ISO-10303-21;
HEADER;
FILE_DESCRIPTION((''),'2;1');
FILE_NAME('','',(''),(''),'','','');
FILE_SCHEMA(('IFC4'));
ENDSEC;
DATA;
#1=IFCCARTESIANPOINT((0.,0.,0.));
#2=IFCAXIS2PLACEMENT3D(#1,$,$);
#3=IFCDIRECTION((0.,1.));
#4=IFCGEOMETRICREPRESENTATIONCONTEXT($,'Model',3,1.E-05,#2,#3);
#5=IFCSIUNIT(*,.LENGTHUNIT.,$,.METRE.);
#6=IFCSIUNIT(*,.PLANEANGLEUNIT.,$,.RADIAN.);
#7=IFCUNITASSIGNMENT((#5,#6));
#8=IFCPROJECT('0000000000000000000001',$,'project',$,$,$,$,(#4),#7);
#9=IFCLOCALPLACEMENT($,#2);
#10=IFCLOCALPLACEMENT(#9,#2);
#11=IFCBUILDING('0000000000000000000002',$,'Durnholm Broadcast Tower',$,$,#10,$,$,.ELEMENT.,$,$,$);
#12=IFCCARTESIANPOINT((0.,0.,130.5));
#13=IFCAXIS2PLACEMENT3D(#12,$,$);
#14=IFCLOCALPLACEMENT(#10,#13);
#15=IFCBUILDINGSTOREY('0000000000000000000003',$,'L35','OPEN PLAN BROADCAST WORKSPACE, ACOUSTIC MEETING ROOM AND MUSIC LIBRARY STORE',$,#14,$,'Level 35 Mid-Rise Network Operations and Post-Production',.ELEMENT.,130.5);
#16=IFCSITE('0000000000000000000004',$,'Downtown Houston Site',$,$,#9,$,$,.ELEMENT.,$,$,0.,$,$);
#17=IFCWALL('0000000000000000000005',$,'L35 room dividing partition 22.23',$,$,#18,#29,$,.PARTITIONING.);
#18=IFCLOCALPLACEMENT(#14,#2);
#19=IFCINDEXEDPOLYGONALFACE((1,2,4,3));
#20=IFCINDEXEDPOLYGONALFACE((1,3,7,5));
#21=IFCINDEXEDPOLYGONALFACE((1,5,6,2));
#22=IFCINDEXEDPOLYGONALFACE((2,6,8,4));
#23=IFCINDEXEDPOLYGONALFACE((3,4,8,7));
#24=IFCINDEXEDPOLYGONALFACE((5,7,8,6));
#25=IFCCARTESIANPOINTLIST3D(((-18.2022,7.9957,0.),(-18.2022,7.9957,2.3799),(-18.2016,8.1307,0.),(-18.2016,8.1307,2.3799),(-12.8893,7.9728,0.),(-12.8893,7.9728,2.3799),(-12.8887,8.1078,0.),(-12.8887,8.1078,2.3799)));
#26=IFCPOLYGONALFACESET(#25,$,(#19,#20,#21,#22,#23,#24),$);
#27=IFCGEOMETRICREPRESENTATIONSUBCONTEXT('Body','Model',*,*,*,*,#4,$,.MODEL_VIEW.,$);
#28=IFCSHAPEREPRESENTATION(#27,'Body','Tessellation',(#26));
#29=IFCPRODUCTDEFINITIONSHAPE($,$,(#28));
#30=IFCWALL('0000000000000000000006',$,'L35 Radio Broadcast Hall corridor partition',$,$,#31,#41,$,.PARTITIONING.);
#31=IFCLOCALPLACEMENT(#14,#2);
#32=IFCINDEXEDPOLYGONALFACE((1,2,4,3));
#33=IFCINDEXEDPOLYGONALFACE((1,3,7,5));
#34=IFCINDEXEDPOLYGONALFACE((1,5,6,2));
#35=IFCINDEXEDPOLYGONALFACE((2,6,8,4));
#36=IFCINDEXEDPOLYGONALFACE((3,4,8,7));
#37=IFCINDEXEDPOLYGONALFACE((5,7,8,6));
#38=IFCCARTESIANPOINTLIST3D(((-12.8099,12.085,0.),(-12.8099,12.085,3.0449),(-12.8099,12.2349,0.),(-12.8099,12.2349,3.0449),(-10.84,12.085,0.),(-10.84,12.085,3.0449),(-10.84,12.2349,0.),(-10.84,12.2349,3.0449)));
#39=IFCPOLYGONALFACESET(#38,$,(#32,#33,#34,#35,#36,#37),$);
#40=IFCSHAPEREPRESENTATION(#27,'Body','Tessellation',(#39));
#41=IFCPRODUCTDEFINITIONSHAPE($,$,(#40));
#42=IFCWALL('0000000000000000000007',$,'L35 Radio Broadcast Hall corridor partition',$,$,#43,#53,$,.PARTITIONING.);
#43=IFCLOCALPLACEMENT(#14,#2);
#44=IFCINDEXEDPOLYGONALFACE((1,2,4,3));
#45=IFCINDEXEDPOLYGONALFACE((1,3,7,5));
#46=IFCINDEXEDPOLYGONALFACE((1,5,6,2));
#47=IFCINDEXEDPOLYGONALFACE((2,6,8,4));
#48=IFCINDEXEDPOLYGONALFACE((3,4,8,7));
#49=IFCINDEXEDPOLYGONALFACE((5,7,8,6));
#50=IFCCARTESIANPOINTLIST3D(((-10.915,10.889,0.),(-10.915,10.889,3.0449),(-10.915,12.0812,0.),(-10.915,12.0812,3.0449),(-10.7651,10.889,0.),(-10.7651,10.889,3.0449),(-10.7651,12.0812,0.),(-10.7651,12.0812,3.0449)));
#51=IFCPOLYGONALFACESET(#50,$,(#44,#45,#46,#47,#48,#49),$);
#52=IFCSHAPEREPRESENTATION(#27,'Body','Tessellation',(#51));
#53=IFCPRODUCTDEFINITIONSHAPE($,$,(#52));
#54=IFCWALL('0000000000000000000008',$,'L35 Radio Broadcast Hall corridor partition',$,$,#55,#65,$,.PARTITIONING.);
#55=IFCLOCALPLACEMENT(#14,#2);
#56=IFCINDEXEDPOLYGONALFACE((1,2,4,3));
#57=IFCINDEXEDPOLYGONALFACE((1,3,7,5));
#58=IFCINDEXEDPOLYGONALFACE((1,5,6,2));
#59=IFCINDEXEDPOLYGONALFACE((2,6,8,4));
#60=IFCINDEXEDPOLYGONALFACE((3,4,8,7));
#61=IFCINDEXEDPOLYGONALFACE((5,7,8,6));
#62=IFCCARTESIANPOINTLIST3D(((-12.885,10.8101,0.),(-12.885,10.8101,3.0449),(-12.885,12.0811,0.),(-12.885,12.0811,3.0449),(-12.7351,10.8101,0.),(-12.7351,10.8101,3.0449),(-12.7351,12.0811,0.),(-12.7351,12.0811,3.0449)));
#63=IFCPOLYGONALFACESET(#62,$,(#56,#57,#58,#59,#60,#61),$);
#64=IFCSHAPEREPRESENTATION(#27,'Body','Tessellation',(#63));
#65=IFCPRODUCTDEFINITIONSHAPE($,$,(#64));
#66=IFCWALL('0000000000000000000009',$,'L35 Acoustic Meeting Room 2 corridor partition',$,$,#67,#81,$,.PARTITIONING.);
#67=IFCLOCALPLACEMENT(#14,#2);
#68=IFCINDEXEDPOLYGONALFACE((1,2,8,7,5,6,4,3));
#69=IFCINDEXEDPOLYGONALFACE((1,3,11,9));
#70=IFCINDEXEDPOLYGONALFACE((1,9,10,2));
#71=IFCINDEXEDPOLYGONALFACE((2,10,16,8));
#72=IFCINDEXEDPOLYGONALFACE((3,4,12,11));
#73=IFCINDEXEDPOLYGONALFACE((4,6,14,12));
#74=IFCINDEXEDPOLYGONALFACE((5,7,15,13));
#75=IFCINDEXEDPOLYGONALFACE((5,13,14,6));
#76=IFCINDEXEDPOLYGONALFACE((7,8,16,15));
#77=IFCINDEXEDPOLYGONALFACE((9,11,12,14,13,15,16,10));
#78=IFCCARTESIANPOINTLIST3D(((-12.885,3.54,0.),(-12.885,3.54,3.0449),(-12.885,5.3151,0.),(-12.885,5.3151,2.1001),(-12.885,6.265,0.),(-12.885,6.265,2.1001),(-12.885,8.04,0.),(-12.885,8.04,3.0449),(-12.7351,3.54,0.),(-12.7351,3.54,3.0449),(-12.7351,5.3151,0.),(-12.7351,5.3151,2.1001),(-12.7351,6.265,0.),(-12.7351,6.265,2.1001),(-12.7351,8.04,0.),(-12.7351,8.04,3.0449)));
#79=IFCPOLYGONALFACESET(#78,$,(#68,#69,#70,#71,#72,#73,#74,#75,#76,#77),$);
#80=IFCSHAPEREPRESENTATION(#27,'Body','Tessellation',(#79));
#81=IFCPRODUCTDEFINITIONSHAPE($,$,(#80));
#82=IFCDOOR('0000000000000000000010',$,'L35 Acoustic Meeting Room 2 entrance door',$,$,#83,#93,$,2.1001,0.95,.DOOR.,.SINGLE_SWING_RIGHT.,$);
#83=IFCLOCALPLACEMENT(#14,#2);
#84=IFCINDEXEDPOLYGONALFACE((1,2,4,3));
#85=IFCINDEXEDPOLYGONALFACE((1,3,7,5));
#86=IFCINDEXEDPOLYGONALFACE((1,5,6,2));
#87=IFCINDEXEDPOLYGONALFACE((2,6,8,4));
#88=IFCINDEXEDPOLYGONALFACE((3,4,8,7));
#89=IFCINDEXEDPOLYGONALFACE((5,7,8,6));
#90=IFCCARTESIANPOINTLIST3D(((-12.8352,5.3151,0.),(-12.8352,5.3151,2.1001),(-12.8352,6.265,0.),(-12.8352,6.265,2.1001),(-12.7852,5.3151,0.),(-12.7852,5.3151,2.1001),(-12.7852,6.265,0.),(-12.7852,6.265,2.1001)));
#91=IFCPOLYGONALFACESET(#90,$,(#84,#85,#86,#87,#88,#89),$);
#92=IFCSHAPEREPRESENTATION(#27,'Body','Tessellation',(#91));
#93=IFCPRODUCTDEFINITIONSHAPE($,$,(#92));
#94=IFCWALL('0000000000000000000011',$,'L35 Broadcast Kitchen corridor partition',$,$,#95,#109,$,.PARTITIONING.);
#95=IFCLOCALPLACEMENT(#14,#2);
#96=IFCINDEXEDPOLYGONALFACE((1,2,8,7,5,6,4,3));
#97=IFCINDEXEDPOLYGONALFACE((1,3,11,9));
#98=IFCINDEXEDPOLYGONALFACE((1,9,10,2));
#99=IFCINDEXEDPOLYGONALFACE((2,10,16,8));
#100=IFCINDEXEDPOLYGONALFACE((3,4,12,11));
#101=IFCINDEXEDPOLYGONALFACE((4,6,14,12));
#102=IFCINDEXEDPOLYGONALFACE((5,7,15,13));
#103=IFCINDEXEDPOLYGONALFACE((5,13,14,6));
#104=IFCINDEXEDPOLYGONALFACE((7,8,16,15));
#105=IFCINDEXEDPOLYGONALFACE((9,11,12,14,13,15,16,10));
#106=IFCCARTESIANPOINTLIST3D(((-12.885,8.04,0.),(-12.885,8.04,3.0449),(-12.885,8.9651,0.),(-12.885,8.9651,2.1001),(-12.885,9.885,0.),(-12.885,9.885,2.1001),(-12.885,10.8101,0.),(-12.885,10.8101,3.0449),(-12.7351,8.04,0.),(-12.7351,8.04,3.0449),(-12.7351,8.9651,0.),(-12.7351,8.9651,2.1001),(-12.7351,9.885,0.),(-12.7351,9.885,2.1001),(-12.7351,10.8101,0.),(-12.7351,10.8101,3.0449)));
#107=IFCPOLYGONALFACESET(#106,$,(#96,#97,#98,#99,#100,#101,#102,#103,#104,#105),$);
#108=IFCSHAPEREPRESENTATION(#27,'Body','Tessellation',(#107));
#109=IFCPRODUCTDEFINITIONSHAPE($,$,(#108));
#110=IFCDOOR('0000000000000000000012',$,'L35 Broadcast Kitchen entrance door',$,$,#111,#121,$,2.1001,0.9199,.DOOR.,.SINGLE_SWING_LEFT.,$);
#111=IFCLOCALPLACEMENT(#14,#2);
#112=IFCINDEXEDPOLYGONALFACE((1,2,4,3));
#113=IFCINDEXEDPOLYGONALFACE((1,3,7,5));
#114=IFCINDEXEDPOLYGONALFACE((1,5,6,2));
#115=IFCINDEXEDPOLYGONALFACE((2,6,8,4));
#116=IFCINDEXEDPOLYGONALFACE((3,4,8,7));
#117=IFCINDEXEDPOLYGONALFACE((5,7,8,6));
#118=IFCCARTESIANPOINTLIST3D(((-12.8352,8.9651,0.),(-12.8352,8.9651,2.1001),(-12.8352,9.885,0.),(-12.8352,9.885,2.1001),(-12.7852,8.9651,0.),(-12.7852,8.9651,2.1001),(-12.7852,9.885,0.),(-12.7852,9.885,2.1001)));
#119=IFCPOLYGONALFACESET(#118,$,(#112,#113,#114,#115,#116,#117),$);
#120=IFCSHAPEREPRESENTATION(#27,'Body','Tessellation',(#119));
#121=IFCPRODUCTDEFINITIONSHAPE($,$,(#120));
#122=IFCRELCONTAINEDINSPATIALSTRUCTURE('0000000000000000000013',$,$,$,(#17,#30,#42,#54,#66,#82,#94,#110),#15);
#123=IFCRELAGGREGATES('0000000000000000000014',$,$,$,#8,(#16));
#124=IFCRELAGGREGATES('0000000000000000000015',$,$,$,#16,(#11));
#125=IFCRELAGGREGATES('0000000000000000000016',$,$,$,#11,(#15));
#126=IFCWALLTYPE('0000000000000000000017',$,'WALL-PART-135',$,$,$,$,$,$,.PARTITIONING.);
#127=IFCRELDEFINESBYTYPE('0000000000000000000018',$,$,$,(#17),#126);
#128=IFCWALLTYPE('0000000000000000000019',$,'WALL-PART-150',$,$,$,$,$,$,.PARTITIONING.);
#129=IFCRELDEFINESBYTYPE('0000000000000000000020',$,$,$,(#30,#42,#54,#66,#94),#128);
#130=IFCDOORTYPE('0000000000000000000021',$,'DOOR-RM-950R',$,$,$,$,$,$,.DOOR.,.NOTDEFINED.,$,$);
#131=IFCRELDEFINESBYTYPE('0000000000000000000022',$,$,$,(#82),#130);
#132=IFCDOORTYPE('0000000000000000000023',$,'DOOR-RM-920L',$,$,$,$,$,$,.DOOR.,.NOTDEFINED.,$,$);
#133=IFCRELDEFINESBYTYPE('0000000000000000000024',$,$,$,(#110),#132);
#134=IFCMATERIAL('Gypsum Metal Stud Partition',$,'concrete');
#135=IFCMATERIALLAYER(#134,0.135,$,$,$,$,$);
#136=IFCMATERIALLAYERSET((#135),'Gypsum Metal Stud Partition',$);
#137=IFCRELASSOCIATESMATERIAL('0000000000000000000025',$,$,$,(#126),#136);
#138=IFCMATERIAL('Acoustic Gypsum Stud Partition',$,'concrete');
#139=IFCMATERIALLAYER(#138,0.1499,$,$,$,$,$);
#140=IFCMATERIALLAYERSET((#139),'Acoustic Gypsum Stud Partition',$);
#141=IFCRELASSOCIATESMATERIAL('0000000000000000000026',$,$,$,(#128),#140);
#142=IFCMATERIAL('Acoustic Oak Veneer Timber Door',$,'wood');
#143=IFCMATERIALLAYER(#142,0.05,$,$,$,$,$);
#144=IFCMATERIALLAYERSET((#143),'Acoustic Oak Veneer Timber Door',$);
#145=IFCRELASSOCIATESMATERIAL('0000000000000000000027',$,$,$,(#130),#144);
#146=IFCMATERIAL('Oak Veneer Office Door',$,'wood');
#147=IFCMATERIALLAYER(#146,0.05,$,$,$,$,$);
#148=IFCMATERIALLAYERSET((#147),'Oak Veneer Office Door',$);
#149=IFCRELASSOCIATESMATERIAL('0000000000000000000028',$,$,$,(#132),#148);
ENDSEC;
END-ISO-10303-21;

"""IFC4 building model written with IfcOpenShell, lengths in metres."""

from ifc_helpers import new_model, si_unit, direction, frame, frame_2d, origin, place, context, subcontext, project, spatial, rectangle, extrude, source, transform, mapped, material, layer, layer_set, type_object, type_shapes, element, fill, save


model = new_model("IFC4")

# Units and contexts
model_context = context("Model", 3, precision=1e-05, world=origin(), true_north=direction((0.0, 1.0)))
body_context = subcontext(model_context, "Body", "Model", "MODEL_VIEW")
ifc_project = project(units=[si_unit("LENGTHUNIT", "METRE"), si_unit("PLANEANGLEUNIT", "RADIAN")], contexts=[model_context])

# Site, building, storey
site_placement = place(None, origin())
site = spatial("IfcSite", under=ifc_project, at=site_placement, Name="Downtown Houston Site", CompositionType="ELEMENT", RefElevation=0.0)
building_placement = place(site_placement, origin())
building = spatial("IfcBuilding", under=site, at=building_placement, Name="Durnholm Broadcast Tower", CompositionType="ELEMENT")
storey_placement = place(building_placement, frame((0.0, 0.0, 130.5)))
storey = spatial("IfcBuildingStorey", under=building, at=storey_placement, Name="L35", Description="OPEN PLAN BROADCAST WORKSPACE, ACOUSTIC MEETING ROOM AND MUSIC LIBRARY STORE", LongName="Level 35 Mid-Rise Network Operations and Post-Production", CompositionType="ELEMENT", Elevation=130.5)

# Walls
ifc_material_1 = material(Name="Gypsum Metal Stud Partition", Category="concrete")
ifc_layer_1 = layer(ifc_material_1, 0.135)
ifc_layer_set_1 = layer_set([ifc_layer_1], Name="Gypsum Metal Stud Partition")
wall_type_1 = type_object("IfcWallType", Name="WALL-PART-135", PredefinedType="PARTITIONING", material=ifc_layer_set_1)
wall_1_placement = place(storey_placement, frame((-18.2019, 8.0632, 0.0), z_axis=(0.0, 0.0, 1.0), x_axis=(0.999991, -0.004319, 0.0)))
element("IfcWall", 1, at=wall_1_placement, inside=storey, type_object=wall_type_1, Name="L35 room dividing partition 22.23", PredefinedType="PARTITIONING", context=body_context, shape_type="SweptSolid", body=[
    extrude(rectangle(XDim=5.313, YDim=0.135, at=frame_2d((2.6565, 0.0))), origin(), (0.0, 0.0, 1.0), 2.3799),
])
ifc_material_2 = material(Name="Acoustic Gypsum Stud Partition", Category="concrete")
ifc_layer_2 = layer(ifc_material_2, 0.1499)
ifc_layer_set_2 = layer_set([ifc_layer_2], Name="Acoustic Gypsum Stud Partition")
wall_type_2 = type_object("IfcWallType", Name="WALL-PART-150", PredefinedType="PARTITIONING", material=ifc_layer_set_2)
wall_2_placement = place(storey_placement, frame((-10.8401, 12.1599, 0.0), z_axis=(0.0, 0.0, 1.0), x_axis=(-1.0, 0.0, 0.0)))
element("IfcWall", 2, at=wall_2_placement, inside=storey, type_object=wall_type_2, Name="L35 Radio Broadcast Hall corridor partition", PredefinedType="PARTITIONING", context=body_context, shape_type="SweptSolid", body=[
    extrude(rectangle(XDim=1.97, YDim=0.1499, at=frame_2d((0.9849, 0.0))), origin(), (0.0, 0.0, 1.0), 3.0449),
])
wall_3_placement = place(storey_placement, frame((-10.8401, 10.8889, 0.0), z_axis=(0.0, 0.0, 1.0), x_axis=(0.0, 1.0, 0.0)))
element("IfcWall", 3, at=wall_3_placement, inside=storey, type_object=wall_type_2, Name="L35 Radio Broadcast Hall corridor partition", PredefinedType="PARTITIONING", context=body_context, shape_type="SweptSolid", body=[
    extrude(rectangle(XDim=1.1921, YDim=0.1499, at=frame_2d((0.5962, 0.0))), origin(), (0.0, 0.0, 1.0), 3.0449),
])
wall_4_placement = place(storey_placement, frame((-12.8101, 12.0811, 0.0), z_axis=(0.0, 0.0, 1.0), x_axis=(0.0, -1.0, 0.0)))
element("IfcWall", 4, at=wall_4_placement, inside=storey, type_object=wall_type_2, Name="L35 Radio Broadcast Hall corridor partition", PredefinedType="PARTITIONING", context=body_context, shape_type="SweptSolid", body=[
    extrude(rectangle(XDim=1.271, YDim=0.1499, at=frame_2d((0.6355, 0.0))), origin(), (0.0, 0.0, 1.0), 3.0449),
])

# Walls, openings, doors
wall_5_placement = place(storey_placement, frame((-12.8101, 8.04, 0.0), z_axis=(0.0, 0.0, 1.0), x_axis=(0.0, -1.0, 0.0)))
wall_5 = element("IfcWall", 5, at=wall_5_placement, inside=storey, type_object=wall_type_2, Name="L35 Acoustic Meeting Room 2 corridor partition", PredefinedType="PARTITIONING", context=body_context, shape_type="SweptSolid", body=[
    extrude(rectangle(XDim=4.5, YDim=0.1499, at=frame_2d((2.25, 0.0))), origin(), (0.0, 0.0, 1.0), 3.0449),
])
opening_1_placement = place(wall_5_placement, frame((1.7749, 0.0, 0.0)))
opening_1 = element("IfcOpeningElement", 6, at=opening_1_placement, cuts=wall_5, PredefinedType="OPENING", context=body_context, shape_type="SweptSolid", body=[
    extrude(rectangle(XDim=0.95, YDim=2.1001, at=frame_2d((0.4751, 1.05))), frame((0.0, 0.085, 0.0), z_axis=(0.0, -1.0, 0.0), x_axis=(1.0, 0.0, 0.0)), (0.0, 0.0, 1.0), 0.1699),
])
ifc_material_3 = material(Name="Acoustic Oak Veneer Timber Door", Category="wood")
ifc_layer_3 = layer(ifc_material_3, 0.05)
ifc_layer_set_3 = layer_set([ifc_layer_3], Name="Acoustic Oak Veneer Timber Door")
door_type_1 = type_object("IfcDoorType", Name="DOOR-RM-950R", OperationType="NOTDEFINED", PredefinedType="DOOR", material=ifc_layer_set_3)
shared_shape_1 = source(origin(), body_context, "Body", "SweptSolid", [
    extrude(rectangle(XDim=0.95, YDim=2.1001, at=frame_2d((0.4751, 1.05))), frame((0.0, 0.0249, 0.0), z_axis=(0.0, -1.0, 0.0), x_axis=(1.0, 0.0, 0.0)), (0.0, 0.0, 1.0), 0.05),
])
type_shapes(door_type_1, [shared_shape_1])
door_1_placement = place(opening_1_placement, origin())
door_1 = element("IfcDoor", 7, at=door_1_placement, inside=storey, type_object=door_type_1, Name="L35 Acoustic Meeting Room 2 entrance door", OperationType="SINGLE_SWING_RIGHT", OverallHeight=2.1001, OverallWidth=0.95, PredefinedType="DOOR", context=body_context, shape_type="MappedRepresentation", body=[
    mapped(shared_shape_1, transform((0.0, 0.0, 0.0), x_axis=(1.0, 0.0, 0.0), y_axis=(0.0, 1.0, 0.0), z_axis=(0.0, 0.0, 1.0), scale=1.0)),
])
fill(opening_1, door_1)
wall_6_placement = place(storey_placement, frame((-12.8101, 10.8101, 0.0), z_axis=(0.0, 0.0, 1.0), x_axis=(0.0, -1.0, 0.0)))
wall_6 = element("IfcWall", 8, at=wall_6_placement, inside=storey, type_object=wall_type_2, Name="L35 Broadcast Kitchen corridor partition", PredefinedType="PARTITIONING", context=body_context, shape_type="SweptSolid", body=[
    extrude(rectangle(XDim=2.77, YDim=0.1499, at=frame_2d((1.385, 0.0))), origin(), (0.0, 0.0, 1.0), 3.0449),
])
opening_2_placement = place(wall_6_placement, frame((0.925, 0.0, 0.0)))
opening_2 = element("IfcOpeningElement", 9, at=opening_2_placement, cuts=wall_6, PredefinedType="OPENING", context=body_context, shape_type="SweptSolid", body=[
    extrude(rectangle(XDim=0.9199, YDim=2.1001, at=frame_2d((0.46, 1.05))), frame((0.0, 0.085, 0.0), z_axis=(0.0, -1.0, 0.0), x_axis=(1.0, 0.0, 0.0)), (0.0, 0.0, 1.0), 0.1699),
])
ifc_material_4 = material(Name="Oak Veneer Office Door", Category="wood")
ifc_layer_4 = layer(ifc_material_4, 0.05)
ifc_layer_set_4 = layer_set([ifc_layer_4], Name="Oak Veneer Office Door")
door_type_2 = type_object("IfcDoorType", Name="DOOR-RM-920L", OperationType="NOTDEFINED", PredefinedType="DOOR", material=ifc_layer_set_4)
shared_shape_2 = source(origin(), body_context, "Body", "SweptSolid", [
    extrude(rectangle(XDim=0.9199, YDim=2.1001, at=frame_2d((0.46, 1.05))), frame((0.0, 0.0249, 0.0), z_axis=(0.0, -1.0, 0.0), x_axis=(1.0, 0.0, 0.0)), (0.0, 0.0, 1.0), 0.05),
])
type_shapes(door_type_2, [shared_shape_2])
door_2_placement = place(opening_2_placement, origin())
door_2 = element("IfcDoor", 10, at=door_2_placement, inside=storey, type_object=door_type_2, Name="L35 Broadcast Kitchen entrance door", OperationType="SINGLE_SWING_LEFT", OverallHeight=2.1001, OverallWidth=0.9199, PredefinedType="DOOR", context=body_context, shape_type="MappedRepresentation", body=[
    mapped(shared_shape_2, transform((0.0, 0.0, 0.0), x_axis=(1.0, 0.0, 0.0), y_axis=(0.0, 1.0, 0.0), z_axis=(0.0, 0.0, 1.0), scale=1.0)),
])
fill(opening_2, door_2)

save(model, "model.ifc")
